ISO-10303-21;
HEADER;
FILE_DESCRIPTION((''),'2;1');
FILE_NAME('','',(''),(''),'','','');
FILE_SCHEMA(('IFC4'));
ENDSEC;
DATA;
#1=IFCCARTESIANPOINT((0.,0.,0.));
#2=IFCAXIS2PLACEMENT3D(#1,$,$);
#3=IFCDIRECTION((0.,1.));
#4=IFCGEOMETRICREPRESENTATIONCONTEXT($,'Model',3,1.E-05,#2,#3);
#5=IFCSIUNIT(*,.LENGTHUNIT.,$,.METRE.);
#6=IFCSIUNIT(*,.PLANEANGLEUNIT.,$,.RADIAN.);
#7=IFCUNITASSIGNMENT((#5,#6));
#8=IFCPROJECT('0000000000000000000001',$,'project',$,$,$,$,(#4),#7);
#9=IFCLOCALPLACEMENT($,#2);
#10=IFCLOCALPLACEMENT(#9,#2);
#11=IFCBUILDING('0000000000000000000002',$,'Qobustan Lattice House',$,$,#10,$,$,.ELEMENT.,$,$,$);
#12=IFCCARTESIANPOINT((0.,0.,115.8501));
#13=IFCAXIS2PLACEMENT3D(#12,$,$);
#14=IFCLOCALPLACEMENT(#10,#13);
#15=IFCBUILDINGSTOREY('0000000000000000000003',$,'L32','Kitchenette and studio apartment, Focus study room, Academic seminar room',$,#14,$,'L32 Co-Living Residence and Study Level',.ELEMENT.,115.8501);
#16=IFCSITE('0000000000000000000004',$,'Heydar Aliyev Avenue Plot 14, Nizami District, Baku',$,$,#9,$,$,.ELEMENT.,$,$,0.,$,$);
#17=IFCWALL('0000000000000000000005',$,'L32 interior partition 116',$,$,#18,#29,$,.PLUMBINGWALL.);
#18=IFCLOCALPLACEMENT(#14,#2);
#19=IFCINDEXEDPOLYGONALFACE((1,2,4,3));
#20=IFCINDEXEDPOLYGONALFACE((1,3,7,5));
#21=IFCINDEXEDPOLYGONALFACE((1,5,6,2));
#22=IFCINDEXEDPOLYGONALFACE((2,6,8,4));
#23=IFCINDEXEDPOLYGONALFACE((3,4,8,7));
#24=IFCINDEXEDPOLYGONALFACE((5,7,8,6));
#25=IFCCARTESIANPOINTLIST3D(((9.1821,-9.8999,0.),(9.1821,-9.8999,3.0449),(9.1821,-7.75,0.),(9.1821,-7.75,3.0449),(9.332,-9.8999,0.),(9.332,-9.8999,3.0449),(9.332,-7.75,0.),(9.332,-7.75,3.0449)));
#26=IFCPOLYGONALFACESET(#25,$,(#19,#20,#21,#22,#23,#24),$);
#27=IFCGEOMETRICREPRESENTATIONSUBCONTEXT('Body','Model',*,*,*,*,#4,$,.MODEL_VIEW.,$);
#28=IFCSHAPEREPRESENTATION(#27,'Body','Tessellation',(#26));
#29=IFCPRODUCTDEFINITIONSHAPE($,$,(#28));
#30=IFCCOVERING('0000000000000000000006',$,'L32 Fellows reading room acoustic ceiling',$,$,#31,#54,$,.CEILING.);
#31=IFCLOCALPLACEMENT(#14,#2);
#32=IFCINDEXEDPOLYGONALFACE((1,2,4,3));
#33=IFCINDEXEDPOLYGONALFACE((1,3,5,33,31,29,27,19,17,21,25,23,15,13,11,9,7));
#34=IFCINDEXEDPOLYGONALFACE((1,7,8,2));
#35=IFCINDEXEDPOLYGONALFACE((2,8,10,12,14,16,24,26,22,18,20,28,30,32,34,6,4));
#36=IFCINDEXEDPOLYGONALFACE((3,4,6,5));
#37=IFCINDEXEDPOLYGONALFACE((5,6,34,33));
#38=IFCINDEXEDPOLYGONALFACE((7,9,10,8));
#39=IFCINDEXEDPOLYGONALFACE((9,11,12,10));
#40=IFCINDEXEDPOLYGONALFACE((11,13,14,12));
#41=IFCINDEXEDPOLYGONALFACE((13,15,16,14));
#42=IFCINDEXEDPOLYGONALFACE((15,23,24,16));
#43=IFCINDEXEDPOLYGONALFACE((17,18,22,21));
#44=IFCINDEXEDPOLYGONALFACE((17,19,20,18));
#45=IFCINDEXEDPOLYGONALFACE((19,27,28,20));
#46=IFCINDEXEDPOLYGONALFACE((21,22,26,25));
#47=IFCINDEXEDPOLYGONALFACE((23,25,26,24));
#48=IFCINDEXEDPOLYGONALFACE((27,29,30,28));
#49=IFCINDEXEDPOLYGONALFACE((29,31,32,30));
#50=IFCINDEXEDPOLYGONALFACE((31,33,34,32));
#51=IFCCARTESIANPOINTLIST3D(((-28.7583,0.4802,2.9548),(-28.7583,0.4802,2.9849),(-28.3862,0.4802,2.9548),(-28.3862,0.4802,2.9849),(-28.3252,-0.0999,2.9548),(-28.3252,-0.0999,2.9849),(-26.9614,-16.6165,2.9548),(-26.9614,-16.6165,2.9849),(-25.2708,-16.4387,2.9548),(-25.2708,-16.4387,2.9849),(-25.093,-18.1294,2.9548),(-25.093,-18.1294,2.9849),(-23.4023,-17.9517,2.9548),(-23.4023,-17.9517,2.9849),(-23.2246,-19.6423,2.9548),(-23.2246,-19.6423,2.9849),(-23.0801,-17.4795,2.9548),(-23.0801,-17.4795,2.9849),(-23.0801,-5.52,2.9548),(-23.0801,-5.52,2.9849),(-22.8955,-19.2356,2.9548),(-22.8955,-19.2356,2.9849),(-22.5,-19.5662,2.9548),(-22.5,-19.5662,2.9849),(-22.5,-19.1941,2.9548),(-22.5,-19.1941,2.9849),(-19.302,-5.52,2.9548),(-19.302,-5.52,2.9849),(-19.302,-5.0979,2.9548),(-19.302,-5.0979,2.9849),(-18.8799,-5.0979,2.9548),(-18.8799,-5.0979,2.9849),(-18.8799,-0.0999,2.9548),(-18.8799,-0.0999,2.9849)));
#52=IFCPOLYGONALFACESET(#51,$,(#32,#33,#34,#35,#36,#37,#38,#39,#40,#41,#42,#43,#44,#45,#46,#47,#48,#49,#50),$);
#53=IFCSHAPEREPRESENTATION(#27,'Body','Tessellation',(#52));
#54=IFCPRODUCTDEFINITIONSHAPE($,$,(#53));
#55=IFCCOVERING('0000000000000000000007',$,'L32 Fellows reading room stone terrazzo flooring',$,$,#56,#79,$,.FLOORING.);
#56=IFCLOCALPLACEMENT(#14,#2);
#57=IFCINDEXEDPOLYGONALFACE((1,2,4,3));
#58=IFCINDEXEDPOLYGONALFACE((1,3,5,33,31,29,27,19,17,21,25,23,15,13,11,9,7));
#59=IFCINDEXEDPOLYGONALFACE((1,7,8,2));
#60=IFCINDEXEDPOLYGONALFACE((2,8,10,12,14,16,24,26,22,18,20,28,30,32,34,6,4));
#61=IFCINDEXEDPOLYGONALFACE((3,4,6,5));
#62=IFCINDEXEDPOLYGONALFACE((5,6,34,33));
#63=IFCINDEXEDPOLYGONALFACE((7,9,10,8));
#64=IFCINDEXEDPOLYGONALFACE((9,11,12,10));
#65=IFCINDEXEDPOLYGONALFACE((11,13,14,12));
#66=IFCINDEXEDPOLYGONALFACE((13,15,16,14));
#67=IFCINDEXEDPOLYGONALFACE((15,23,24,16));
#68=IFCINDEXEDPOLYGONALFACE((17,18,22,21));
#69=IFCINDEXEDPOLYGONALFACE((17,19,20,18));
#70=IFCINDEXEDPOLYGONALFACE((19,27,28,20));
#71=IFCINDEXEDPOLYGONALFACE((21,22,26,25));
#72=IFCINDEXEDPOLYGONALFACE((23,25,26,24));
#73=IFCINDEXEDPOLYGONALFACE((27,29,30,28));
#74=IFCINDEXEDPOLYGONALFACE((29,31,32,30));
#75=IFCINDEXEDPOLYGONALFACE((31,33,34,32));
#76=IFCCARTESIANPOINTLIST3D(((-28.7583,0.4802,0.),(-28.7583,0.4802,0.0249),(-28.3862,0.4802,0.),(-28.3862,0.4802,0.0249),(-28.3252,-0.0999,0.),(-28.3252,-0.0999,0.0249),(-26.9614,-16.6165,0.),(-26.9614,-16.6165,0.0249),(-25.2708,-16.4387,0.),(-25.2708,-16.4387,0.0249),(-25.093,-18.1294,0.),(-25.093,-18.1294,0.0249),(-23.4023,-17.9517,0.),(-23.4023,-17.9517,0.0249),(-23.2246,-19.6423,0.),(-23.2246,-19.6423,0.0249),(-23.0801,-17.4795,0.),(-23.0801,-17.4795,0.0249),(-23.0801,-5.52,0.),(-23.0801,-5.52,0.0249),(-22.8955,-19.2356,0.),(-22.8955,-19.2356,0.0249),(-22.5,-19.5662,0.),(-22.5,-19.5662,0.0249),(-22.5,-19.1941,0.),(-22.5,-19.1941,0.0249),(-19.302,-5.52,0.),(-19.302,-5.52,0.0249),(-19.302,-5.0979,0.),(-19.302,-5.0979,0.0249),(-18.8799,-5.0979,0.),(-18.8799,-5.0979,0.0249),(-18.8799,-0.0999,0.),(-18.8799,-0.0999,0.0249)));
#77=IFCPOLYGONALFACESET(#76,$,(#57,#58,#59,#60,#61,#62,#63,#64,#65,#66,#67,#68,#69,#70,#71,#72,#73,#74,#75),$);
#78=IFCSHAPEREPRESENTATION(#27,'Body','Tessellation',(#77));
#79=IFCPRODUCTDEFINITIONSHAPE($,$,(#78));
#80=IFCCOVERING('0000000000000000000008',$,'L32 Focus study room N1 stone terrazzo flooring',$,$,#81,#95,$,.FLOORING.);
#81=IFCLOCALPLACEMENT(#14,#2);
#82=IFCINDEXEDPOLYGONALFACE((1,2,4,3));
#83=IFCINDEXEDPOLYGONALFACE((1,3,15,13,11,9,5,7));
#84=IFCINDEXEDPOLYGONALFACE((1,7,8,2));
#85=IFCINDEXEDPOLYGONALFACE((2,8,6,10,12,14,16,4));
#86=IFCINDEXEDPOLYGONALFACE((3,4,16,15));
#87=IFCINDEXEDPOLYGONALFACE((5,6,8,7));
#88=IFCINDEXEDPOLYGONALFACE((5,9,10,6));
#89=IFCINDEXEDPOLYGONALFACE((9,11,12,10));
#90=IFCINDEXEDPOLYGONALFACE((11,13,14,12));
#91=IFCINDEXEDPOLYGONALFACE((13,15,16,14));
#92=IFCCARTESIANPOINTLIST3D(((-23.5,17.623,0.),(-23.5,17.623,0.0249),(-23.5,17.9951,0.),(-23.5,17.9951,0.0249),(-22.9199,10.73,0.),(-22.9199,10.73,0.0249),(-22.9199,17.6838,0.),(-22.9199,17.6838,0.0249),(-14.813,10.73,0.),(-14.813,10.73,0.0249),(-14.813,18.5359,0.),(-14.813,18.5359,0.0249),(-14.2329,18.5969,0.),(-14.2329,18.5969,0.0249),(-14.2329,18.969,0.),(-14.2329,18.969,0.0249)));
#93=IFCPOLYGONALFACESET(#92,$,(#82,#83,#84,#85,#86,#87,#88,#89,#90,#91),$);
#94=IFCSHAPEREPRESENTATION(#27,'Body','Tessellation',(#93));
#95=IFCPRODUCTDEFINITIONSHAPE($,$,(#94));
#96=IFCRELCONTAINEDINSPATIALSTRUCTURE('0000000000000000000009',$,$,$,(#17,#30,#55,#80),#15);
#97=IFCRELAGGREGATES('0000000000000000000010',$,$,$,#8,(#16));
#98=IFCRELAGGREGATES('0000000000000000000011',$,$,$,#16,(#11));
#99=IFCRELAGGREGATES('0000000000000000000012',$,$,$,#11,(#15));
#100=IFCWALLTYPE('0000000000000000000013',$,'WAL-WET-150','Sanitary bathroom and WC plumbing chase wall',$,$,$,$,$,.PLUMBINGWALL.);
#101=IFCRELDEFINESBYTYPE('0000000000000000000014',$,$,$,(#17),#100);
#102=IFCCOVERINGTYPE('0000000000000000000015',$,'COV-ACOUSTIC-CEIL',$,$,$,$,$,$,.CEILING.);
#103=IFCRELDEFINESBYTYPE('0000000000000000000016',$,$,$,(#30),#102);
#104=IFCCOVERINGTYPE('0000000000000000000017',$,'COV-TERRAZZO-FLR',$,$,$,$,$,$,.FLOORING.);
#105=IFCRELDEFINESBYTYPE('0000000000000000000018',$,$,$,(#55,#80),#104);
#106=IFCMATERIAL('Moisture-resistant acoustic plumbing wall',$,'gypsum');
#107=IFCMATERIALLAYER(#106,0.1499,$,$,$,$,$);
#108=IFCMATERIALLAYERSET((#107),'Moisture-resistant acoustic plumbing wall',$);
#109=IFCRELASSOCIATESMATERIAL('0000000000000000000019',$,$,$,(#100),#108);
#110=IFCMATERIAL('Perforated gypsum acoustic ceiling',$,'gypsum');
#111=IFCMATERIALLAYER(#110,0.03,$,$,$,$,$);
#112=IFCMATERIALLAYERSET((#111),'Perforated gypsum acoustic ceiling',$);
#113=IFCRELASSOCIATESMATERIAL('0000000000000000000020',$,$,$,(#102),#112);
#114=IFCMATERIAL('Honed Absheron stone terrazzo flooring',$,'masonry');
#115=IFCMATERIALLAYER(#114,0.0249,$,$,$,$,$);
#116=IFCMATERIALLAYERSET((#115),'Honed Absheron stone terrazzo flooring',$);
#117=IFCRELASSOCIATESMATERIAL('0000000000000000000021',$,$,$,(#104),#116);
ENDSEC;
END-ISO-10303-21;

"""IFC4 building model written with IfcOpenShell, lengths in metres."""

from ifc_helpers import new_model, si_unit, direction, frame, frame_2d, origin, place, context, subcontext, project, spatial, polyline, rectangle, outline, extrude, material, layer, layer_set, type_object, element, save


model = new_model("IFC4")

# Units and contexts
model_context = context("Model", 3, precision=1e-05, world=origin(), true_north=direction((0.0, 1.0)))
body_context = subcontext(model_context, "Body", "Model", "MODEL_VIEW")
ifc_project = project(units=[si_unit("LENGTHUNIT", "METRE"), si_unit("PLANEANGLEUNIT", "RADIAN")], contexts=[model_context])

# Site, building, storey
site_placement = place(None, origin())
site = spatial("IfcSite", under=ifc_project, at=site_placement, Name="Heydar Aliyev Avenue Plot 14, Nizami District, Baku", CompositionType="ELEMENT", RefElevation=0.0)
building_placement = place(site_placement, origin())
building = spatial("IfcBuilding", under=site, at=building_placement, Name="Qobustan Lattice House", CompositionType="ELEMENT")
storey_placement = place(building_placement, frame((0.0, 0.0, 115.8501)))
storey = spatial("IfcBuildingStorey", under=building, at=storey_placement, Name="L32", Description="Kitchenette and studio apartment, Focus study room, Academic seminar room", LongName="L32 Co-Living Residence and Study Level", CompositionType="ELEMENT", Elevation=115.8501)

# Wall
ifc_material_1 = material(Name="Moisture-resistant acoustic plumbing wall", Category="gypsum")
ifc_layer_1 = layer(ifc_material_1, 0.1499)
ifc_layer_set_1 = layer_set([ifc_layer_1], Name="Moisture-resistant acoustic plumbing wall")
wall_type_1 = type_object("IfcWallType", Name="WAL-WET-150", Description="Sanitary bathroom and WC plumbing chase wall", PredefinedType="PLUMBINGWALL", material=ifc_layer_set_1)
wall_1_placement = place(storey_placement, frame((9.2571, -7.75, 0.0), z_axis=(0.0, 0.0, 1.0), x_axis=(0.0, -1.0, 0.0)))
element("IfcWall", 1, at=wall_1_placement, inside=storey, type_object=wall_type_1, Name="L32 interior partition 116", PredefinedType="PLUMBINGWALL", context=body_context, shape_type="SweptSolid", body=[
    extrude(rectangle(XDim=2.1499, YDim=0.1499, at=frame_2d((1.075, 0.0))), origin(), (0.0, 0.0, 1.0), 3.0449),
])

# Coverings
ifc_material_2 = material(Name="Perforated gypsum acoustic ceiling", Category="gypsum")
ifc_layer_2 = layer(ifc_material_2, 0.03)
ifc_layer_set_2 = layer_set([ifc_layer_2], Name="Perforated gypsum acoustic ceiling")
covering_type_1 = type_object("IfcCoveringType", Name="COV-ACOUSTIC-CEIL", PredefinedType="CEILING", material=ifc_layer_set_2)
covering_1_placement = place(storey_placement, frame((0.0, 0.0, 2.9548)))
element("IfcCovering", 2, at=covering_1_placement, inside=storey, type_object=covering_type_1, Name="L32 Fellows reading room acoustic ceiling", PredefinedType="CEILING", context=body_context, shape_type="SweptSolid", body=[
    extrude(outline(polyline([(-23.4023, -17.9517), (-23.2246, -19.6423), (-22.5, -19.5662), (-22.5, -19.1941), (-22.8955, -19.2356), (-23.0801, -17.4795), (-23.0801, -5.52), (-19.302, -5.52), (-19.302, -5.0979), (-18.8799, -5.0979), (-18.8799, -0.0999), (-28.3252, -0.0999), (-28.3862, 0.4802), (-28.7583, 0.4802), (-26.9614, -16.6165), (-25.2708, -16.4387), (-25.093, -18.1294), (-23.4023, -17.9517)])), origin(), (0.0, 0.0, 1.0), 0.03),
])
ifc_material_3 = material(Name="Honed Absheron stone terrazzo flooring", Category="masonry")
ifc_layer_3 = layer(ifc_material_3, 0.0249)
ifc_layer_set_3 = layer_set([ifc_layer_3], Name="Honed Absheron stone terrazzo flooring")
covering_type_2 = type_object("IfcCoveringType", Name="COV-TERRAZZO-FLR", PredefinedType="FLOORING", material=ifc_layer_set_3)
covering_2_placement = place(storey_placement, origin())
element("IfcCovering", 3, at=covering_2_placement, inside=storey, type_object=covering_type_2, Name="L32 Fellows reading room stone terrazzo flooring", PredefinedType="FLOORING", context=body_context, shape_type="SweptSolid", body=[
    extrude(outline(polyline([(-23.4023, -17.9517), (-23.2246, -19.6423), (-22.5, -19.5662), (-22.5, -19.1941), (-22.8955, -19.2356), (-23.0801, -17.4795), (-23.0801, -5.52), (-19.302, -5.52), (-19.302, -5.0979), (-18.8799, -5.0979), (-18.8799, -0.0999), (-28.3252, -0.0999), (-28.3862, 0.4802), (-28.7583, 0.4802), (-26.9614, -16.6165), (-25.2708, -16.4387), (-25.093, -18.1294), (-23.4023, -17.9517)])), origin(), (0.0, 0.0, 1.0), 0.0249),
])
covering_3_placement = place(storey_placement, origin())
element("IfcCovering", 4, at=covering_3_placement, inside=storey, type_object=covering_type_2, Name="L32 Focus study room N1 stone terrazzo flooring", PredefinedType="FLOORING", context=body_context, shape_type="SweptSolid", body=[
    extrude(outline(polyline([(-14.2329, 18.969), (-23.5, 17.9951), (-23.5, 17.623), (-22.9199, 17.6838), (-22.9199, 10.73), (-14.813, 10.73), (-14.813, 18.5359), (-14.2329, 18.5969), (-14.2329, 18.969)])), origin(), (0.0, 0.0, 1.0), 0.0249),
])

save(model, "model.ifc")
